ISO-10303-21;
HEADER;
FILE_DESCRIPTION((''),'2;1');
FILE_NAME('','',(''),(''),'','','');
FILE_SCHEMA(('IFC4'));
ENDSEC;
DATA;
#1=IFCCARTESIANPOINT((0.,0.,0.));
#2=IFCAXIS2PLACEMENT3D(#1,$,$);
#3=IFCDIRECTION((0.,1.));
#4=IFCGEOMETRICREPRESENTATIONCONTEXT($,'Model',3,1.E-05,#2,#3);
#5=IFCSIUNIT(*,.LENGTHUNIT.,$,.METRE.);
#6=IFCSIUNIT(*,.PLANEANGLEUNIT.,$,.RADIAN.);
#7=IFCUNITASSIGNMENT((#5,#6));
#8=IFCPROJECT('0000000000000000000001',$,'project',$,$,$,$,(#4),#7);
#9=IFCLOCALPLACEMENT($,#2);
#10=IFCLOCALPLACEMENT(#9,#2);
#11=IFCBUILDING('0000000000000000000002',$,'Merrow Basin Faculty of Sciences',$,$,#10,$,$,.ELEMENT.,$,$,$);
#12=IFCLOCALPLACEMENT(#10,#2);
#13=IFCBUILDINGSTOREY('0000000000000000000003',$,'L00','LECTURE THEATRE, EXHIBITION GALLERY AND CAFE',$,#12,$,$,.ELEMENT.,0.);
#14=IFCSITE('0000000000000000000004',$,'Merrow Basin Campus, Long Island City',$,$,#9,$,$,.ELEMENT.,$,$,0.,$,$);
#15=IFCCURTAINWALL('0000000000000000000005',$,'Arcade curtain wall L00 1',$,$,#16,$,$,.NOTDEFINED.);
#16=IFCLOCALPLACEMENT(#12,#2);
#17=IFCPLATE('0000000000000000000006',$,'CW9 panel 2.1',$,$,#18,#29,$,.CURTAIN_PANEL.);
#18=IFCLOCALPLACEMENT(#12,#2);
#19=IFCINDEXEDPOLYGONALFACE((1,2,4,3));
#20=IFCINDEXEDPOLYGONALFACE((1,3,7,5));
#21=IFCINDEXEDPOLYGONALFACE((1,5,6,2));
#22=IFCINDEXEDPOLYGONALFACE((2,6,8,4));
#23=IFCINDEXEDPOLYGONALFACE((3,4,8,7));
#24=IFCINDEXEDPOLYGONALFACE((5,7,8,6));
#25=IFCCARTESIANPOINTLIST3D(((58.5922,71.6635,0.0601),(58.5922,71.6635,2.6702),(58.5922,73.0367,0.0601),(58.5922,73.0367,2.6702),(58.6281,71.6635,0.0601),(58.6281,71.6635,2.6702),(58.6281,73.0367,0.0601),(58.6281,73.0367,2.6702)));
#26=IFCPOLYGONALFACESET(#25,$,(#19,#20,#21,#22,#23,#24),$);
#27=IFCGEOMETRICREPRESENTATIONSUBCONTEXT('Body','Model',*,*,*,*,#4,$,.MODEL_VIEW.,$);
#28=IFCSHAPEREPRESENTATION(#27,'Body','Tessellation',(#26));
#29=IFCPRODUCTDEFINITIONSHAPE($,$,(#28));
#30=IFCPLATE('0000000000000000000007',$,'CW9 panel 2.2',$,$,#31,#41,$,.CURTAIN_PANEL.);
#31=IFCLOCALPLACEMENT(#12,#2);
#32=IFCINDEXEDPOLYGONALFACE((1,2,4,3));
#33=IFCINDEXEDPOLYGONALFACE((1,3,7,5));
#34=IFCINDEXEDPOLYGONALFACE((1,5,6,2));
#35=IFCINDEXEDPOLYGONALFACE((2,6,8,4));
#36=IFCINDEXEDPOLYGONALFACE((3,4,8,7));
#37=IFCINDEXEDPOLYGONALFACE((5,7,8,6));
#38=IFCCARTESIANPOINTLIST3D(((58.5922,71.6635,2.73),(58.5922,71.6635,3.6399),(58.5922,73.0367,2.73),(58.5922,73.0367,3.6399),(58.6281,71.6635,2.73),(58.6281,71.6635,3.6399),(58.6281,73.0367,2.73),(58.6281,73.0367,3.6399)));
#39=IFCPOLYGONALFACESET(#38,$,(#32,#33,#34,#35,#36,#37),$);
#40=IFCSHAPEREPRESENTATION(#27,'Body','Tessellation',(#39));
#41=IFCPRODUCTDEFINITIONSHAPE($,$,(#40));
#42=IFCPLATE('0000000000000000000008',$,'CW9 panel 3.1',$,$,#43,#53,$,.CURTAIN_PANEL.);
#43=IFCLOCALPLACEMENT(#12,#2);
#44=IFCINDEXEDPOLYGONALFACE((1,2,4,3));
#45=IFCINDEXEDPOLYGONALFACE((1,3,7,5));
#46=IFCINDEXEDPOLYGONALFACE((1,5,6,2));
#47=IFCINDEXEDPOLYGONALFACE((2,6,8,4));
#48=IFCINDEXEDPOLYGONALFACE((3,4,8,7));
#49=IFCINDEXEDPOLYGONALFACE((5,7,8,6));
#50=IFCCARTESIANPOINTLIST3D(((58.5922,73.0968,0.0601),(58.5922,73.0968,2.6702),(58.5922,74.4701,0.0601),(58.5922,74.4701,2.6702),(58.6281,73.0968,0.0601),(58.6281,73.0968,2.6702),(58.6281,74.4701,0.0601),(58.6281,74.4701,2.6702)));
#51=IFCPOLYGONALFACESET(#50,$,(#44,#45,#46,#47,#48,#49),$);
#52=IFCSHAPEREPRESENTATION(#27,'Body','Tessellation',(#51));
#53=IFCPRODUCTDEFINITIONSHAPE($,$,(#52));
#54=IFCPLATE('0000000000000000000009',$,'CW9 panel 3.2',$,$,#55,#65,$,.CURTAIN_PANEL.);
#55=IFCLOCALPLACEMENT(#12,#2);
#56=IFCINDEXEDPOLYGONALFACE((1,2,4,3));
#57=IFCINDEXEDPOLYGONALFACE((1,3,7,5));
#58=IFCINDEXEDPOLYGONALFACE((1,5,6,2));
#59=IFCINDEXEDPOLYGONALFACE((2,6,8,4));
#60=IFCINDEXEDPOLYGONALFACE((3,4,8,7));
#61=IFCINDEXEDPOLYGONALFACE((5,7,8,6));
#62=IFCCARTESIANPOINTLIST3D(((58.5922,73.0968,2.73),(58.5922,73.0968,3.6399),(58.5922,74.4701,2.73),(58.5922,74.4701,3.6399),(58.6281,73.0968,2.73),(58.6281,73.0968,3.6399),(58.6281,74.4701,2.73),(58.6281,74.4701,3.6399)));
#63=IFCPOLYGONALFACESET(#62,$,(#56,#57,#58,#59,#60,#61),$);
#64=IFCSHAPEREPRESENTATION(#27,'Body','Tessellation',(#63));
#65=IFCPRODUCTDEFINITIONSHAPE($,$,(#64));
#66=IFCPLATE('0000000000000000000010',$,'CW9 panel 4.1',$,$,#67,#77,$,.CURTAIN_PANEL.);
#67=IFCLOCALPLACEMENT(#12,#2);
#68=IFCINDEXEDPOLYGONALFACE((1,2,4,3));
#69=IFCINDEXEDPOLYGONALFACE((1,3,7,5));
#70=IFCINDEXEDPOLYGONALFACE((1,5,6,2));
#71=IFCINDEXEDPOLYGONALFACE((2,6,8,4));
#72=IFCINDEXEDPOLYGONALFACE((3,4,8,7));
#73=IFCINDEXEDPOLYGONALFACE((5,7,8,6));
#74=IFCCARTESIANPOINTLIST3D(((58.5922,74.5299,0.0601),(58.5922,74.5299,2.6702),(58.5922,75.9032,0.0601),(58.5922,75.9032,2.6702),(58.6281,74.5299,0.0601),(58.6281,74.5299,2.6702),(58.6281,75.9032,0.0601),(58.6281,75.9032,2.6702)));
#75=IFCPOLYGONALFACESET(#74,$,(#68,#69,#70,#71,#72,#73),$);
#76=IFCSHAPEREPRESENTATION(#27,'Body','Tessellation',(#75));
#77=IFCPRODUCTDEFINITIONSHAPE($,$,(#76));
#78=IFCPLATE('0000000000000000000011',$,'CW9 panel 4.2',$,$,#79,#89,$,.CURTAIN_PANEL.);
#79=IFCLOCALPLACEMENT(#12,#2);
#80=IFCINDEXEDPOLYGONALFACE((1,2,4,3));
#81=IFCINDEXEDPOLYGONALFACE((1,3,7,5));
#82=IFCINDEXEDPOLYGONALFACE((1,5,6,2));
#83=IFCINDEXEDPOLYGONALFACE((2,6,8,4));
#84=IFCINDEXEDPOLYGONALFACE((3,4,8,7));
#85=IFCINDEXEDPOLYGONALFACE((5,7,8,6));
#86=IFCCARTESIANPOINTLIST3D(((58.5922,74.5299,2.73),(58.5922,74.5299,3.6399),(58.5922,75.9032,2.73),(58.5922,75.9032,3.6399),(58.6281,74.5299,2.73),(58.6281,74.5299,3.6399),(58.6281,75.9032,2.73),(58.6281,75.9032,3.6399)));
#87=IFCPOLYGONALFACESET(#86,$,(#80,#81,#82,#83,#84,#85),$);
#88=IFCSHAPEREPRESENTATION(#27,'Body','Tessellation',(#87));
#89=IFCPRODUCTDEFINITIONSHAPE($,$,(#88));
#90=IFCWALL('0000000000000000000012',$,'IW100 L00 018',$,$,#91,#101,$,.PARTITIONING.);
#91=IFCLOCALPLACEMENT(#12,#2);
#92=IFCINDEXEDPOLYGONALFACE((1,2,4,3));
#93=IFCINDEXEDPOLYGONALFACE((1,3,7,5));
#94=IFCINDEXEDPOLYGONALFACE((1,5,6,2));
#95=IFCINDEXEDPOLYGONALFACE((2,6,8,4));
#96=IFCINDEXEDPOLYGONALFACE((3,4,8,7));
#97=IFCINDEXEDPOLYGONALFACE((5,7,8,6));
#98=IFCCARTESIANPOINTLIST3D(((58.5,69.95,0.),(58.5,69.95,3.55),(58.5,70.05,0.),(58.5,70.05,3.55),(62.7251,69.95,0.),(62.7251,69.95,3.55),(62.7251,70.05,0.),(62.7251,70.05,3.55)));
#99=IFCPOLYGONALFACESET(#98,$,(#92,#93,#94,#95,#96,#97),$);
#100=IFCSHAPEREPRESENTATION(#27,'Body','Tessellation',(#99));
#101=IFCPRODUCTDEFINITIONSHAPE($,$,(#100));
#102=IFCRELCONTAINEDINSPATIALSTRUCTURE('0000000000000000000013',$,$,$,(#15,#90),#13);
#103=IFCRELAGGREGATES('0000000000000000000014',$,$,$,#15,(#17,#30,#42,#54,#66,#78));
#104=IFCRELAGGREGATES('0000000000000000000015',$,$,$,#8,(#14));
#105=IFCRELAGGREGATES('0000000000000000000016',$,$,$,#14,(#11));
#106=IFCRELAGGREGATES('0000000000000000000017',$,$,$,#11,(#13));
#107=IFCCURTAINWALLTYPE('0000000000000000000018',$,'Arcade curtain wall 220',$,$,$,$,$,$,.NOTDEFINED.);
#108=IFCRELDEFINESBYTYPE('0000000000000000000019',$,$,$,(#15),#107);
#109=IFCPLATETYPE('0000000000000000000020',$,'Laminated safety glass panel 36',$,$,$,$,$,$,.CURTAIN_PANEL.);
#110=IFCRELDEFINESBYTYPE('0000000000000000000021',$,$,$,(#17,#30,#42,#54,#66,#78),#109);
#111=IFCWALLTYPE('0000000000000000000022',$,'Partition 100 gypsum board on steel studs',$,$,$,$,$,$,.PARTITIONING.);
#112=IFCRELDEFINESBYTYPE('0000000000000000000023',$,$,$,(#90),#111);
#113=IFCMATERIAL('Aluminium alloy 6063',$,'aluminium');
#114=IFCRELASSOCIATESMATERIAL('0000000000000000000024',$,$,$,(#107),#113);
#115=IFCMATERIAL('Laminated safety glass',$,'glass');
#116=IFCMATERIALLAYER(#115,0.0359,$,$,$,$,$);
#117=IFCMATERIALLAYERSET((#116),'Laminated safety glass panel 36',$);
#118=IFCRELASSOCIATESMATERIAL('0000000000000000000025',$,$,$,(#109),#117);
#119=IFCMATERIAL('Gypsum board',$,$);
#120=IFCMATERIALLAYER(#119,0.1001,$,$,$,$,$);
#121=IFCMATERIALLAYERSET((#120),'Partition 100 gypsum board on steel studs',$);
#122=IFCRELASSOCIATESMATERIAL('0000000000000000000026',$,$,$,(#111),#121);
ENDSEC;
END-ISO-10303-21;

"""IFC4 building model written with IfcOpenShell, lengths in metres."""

from ifc_helpers import new_model, si_unit, direction, frame, frame_2d, origin, origin_2d, place, context, subcontext, project, spatial, rectangle, extrude, material, layer, layer_set, type_object, element, aggregate, save


model = new_model("IFC4")

# Units and contexts
model_context = context("Model", 3, precision=1e-05, world=origin(), true_north=direction((0.0, 1.0)))
body_context = subcontext(model_context, "Body", "Model", "MODEL_VIEW")
ifc_project = project(units=[si_unit("LENGTHUNIT", "METRE"), si_unit("PLANEANGLEUNIT", "RADIAN")], contexts=[model_context])

# Site, building, storey
site_placement = place(None, origin())
site = spatial("IfcSite", under=ifc_project, at=site_placement, Name="Merrow Basin Campus, Long Island City", CompositionType="ELEMENT", RefElevation=0.0)
building_placement = place(site_placement, origin())
building = spatial("IfcBuilding", under=site, at=building_placement, Name="Merrow Basin Faculty of Sciences", CompositionType="ELEMENT")
storey_placement = place(building_placement, origin())
storey = spatial("IfcBuildingStorey", under=building, at=storey_placement, Name="L00", Description="LECTURE THEATRE, EXHIBITION GALLERY AND CAFE", CompositionType="ELEMENT", Elevation=0.0)

# Curtain wall
ifc_material_1 = material(Name="Aluminium alloy 6063", Category="aluminium")
curtain_wall_type = type_object("IfcCurtainWallType", Name="Arcade curtain wall 220", PredefinedType="NOTDEFINED", material=ifc_material_1)
curtain_wall_placement = place(storey_placement, origin())
curtain_wall = element("IfcCurtainWall", 1, at=curtain_wall_placement, inside=storey, type_object=curtain_wall_type, Name="Arcade curtain wall L00 1", PredefinedType="NOTDEFINED")

# Plates
ifc_material_2 = material(Name="Laminated safety glass", Category="glass")
ifc_layer_1 = layer(ifc_material_2, 0.0359)
ifc_layer_set_1 = layer_set([ifc_layer_1], Name="Laminated safety glass panel 36")
plate_type = type_object("IfcPlateType", Name="Laminated safety glass panel 36", PredefinedType="CURTAIN_PANEL", material=ifc_layer_set_1)
plate_1_placement = place(storey_placement, frame((58.6101, 72.3501, 0.0601), z_axis=(0.0, 0.0, 1.0), x_axis=(0.0, 1.0, 0.0)))
plate_1 = element("IfcPlate", 2, at=plate_1_placement, type_object=plate_type, Name="CW9 panel 2.1", PredefinedType="CURTAIN_PANEL", context=body_context, shape_type="SweptSolid", body=[
    extrude(rectangle(XDim=1.3733, YDim=0.0359, at=origin_2d()), origin(), (0.0, 0.0, 1.0), 2.6101),
])
plate_2_placement = place(storey_placement, frame((58.6101, 72.3501, 2.73), z_axis=(0.0, 0.0, 1.0), x_axis=(0.0, 1.0, 0.0)))
plate_2 = element("IfcPlate", 3, at=plate_2_placement, type_object=plate_type, Name="CW9 panel 2.2", PredefinedType="CURTAIN_PANEL", context=body_context, shape_type="SweptSolid", body=[
    extrude(rectangle(XDim=1.3733, YDim=0.0359, at=origin_2d()), origin(), (0.0, 0.0, 1.0), 0.9099),
])
plate_3_placement = place(storey_placement, frame((58.6101, 73.7834, 0.0601), z_axis=(0.0, 0.0, 1.0), x_axis=(0.0, 1.0, 0.0)))
plate_3 = element("IfcPlate", 4, at=plate_3_placement, type_object=plate_type, Name="CW9 panel 3.1", PredefinedType="CURTAIN_PANEL", context=body_context, shape_type="SweptSolid", body=[
    extrude(rectangle(XDim=1.3733, YDim=0.0359, at=origin_2d()), origin(), (0.0, 0.0, 1.0), 2.6101),
])
plate_4_placement = place(storey_placement, frame((58.6101, 73.7834, 2.73), z_axis=(0.0, 0.0, 1.0), x_axis=(0.0, 1.0, 0.0)))
plate_4 = element("IfcPlate", 5, at=plate_4_placement, type_object=plate_type, Name="CW9 panel 3.2", PredefinedType="CURTAIN_PANEL", context=body_context, shape_type="SweptSolid", body=[
    extrude(rectangle(XDim=1.3733, YDim=0.0359, at=origin_2d()), origin(), (0.0, 0.0, 1.0), 0.9099),
])
plate_5_placement = place(storey_placement, frame((58.6101, 75.2166, 0.0601), z_axis=(0.0, 0.0, 1.0), x_axis=(0.0, 1.0, 0.0)))
plate_5 = element("IfcPlate", 6, at=plate_5_placement, type_object=plate_type, Name="CW9 panel 4.1", PredefinedType="CURTAIN_PANEL", context=body_context, shape_type="SweptSolid", body=[
    extrude(rectangle(XDim=1.3733, YDim=0.0359, at=origin_2d()), origin(), (0.0, 0.0, 1.0), 2.6101),
])
plate_6_placement = place(storey_placement, frame((58.6101, 75.2166, 2.73), z_axis=(0.0, 0.0, 1.0), x_axis=(0.0, 1.0, 0.0)))
plate_6 = element("IfcPlate", 7, at=plate_6_placement, type_object=plate_type, Name="CW9 panel 4.2", PredefinedType="CURTAIN_PANEL", context=body_context, shape_type="SweptSolid", body=[
    extrude(rectangle(XDim=1.3733, YDim=0.0359, at=origin_2d()), origin(), (0.0, 0.0, 1.0), 0.9099),
])
aggregate(curtain_wall, [plate_1, plate_2, plate_3, plate_4, plate_5, plate_6])

# Wall
ifc_material_3 = material(Name="Gypsum board")
ifc_layer_2 = layer(ifc_material_3, 0.1001)
ifc_layer_set_2 = layer_set([ifc_layer_2], Name="Partition 100 gypsum board on steel studs")
wall_type = type_object("IfcWallType", Name="Partition 100 gypsum board on steel studs", PredefinedType="PARTITIONING", material=ifc_layer_set_2)
wall_placement = place(storey_placement, frame((58.5, 70.0, 0.0), z_axis=(0.0, 0.0, 1.0), x_axis=(1.0, 0.0, 0.0)))
element("IfcWall", 8, at=wall_placement, inside=storey, type_object=wall_type, Name="IW100 L00 018", PredefinedType="PARTITIONING", context=body_context, shape_type="SweptSolid", body=[
    extrude(rectangle(XDim=4.2251, YDim=0.1001, at=frame_2d((2.1125, 0.0))), origin(), (0.0, 0.0, 1.0), 3.55),
])

save(model, "model.ifc")
